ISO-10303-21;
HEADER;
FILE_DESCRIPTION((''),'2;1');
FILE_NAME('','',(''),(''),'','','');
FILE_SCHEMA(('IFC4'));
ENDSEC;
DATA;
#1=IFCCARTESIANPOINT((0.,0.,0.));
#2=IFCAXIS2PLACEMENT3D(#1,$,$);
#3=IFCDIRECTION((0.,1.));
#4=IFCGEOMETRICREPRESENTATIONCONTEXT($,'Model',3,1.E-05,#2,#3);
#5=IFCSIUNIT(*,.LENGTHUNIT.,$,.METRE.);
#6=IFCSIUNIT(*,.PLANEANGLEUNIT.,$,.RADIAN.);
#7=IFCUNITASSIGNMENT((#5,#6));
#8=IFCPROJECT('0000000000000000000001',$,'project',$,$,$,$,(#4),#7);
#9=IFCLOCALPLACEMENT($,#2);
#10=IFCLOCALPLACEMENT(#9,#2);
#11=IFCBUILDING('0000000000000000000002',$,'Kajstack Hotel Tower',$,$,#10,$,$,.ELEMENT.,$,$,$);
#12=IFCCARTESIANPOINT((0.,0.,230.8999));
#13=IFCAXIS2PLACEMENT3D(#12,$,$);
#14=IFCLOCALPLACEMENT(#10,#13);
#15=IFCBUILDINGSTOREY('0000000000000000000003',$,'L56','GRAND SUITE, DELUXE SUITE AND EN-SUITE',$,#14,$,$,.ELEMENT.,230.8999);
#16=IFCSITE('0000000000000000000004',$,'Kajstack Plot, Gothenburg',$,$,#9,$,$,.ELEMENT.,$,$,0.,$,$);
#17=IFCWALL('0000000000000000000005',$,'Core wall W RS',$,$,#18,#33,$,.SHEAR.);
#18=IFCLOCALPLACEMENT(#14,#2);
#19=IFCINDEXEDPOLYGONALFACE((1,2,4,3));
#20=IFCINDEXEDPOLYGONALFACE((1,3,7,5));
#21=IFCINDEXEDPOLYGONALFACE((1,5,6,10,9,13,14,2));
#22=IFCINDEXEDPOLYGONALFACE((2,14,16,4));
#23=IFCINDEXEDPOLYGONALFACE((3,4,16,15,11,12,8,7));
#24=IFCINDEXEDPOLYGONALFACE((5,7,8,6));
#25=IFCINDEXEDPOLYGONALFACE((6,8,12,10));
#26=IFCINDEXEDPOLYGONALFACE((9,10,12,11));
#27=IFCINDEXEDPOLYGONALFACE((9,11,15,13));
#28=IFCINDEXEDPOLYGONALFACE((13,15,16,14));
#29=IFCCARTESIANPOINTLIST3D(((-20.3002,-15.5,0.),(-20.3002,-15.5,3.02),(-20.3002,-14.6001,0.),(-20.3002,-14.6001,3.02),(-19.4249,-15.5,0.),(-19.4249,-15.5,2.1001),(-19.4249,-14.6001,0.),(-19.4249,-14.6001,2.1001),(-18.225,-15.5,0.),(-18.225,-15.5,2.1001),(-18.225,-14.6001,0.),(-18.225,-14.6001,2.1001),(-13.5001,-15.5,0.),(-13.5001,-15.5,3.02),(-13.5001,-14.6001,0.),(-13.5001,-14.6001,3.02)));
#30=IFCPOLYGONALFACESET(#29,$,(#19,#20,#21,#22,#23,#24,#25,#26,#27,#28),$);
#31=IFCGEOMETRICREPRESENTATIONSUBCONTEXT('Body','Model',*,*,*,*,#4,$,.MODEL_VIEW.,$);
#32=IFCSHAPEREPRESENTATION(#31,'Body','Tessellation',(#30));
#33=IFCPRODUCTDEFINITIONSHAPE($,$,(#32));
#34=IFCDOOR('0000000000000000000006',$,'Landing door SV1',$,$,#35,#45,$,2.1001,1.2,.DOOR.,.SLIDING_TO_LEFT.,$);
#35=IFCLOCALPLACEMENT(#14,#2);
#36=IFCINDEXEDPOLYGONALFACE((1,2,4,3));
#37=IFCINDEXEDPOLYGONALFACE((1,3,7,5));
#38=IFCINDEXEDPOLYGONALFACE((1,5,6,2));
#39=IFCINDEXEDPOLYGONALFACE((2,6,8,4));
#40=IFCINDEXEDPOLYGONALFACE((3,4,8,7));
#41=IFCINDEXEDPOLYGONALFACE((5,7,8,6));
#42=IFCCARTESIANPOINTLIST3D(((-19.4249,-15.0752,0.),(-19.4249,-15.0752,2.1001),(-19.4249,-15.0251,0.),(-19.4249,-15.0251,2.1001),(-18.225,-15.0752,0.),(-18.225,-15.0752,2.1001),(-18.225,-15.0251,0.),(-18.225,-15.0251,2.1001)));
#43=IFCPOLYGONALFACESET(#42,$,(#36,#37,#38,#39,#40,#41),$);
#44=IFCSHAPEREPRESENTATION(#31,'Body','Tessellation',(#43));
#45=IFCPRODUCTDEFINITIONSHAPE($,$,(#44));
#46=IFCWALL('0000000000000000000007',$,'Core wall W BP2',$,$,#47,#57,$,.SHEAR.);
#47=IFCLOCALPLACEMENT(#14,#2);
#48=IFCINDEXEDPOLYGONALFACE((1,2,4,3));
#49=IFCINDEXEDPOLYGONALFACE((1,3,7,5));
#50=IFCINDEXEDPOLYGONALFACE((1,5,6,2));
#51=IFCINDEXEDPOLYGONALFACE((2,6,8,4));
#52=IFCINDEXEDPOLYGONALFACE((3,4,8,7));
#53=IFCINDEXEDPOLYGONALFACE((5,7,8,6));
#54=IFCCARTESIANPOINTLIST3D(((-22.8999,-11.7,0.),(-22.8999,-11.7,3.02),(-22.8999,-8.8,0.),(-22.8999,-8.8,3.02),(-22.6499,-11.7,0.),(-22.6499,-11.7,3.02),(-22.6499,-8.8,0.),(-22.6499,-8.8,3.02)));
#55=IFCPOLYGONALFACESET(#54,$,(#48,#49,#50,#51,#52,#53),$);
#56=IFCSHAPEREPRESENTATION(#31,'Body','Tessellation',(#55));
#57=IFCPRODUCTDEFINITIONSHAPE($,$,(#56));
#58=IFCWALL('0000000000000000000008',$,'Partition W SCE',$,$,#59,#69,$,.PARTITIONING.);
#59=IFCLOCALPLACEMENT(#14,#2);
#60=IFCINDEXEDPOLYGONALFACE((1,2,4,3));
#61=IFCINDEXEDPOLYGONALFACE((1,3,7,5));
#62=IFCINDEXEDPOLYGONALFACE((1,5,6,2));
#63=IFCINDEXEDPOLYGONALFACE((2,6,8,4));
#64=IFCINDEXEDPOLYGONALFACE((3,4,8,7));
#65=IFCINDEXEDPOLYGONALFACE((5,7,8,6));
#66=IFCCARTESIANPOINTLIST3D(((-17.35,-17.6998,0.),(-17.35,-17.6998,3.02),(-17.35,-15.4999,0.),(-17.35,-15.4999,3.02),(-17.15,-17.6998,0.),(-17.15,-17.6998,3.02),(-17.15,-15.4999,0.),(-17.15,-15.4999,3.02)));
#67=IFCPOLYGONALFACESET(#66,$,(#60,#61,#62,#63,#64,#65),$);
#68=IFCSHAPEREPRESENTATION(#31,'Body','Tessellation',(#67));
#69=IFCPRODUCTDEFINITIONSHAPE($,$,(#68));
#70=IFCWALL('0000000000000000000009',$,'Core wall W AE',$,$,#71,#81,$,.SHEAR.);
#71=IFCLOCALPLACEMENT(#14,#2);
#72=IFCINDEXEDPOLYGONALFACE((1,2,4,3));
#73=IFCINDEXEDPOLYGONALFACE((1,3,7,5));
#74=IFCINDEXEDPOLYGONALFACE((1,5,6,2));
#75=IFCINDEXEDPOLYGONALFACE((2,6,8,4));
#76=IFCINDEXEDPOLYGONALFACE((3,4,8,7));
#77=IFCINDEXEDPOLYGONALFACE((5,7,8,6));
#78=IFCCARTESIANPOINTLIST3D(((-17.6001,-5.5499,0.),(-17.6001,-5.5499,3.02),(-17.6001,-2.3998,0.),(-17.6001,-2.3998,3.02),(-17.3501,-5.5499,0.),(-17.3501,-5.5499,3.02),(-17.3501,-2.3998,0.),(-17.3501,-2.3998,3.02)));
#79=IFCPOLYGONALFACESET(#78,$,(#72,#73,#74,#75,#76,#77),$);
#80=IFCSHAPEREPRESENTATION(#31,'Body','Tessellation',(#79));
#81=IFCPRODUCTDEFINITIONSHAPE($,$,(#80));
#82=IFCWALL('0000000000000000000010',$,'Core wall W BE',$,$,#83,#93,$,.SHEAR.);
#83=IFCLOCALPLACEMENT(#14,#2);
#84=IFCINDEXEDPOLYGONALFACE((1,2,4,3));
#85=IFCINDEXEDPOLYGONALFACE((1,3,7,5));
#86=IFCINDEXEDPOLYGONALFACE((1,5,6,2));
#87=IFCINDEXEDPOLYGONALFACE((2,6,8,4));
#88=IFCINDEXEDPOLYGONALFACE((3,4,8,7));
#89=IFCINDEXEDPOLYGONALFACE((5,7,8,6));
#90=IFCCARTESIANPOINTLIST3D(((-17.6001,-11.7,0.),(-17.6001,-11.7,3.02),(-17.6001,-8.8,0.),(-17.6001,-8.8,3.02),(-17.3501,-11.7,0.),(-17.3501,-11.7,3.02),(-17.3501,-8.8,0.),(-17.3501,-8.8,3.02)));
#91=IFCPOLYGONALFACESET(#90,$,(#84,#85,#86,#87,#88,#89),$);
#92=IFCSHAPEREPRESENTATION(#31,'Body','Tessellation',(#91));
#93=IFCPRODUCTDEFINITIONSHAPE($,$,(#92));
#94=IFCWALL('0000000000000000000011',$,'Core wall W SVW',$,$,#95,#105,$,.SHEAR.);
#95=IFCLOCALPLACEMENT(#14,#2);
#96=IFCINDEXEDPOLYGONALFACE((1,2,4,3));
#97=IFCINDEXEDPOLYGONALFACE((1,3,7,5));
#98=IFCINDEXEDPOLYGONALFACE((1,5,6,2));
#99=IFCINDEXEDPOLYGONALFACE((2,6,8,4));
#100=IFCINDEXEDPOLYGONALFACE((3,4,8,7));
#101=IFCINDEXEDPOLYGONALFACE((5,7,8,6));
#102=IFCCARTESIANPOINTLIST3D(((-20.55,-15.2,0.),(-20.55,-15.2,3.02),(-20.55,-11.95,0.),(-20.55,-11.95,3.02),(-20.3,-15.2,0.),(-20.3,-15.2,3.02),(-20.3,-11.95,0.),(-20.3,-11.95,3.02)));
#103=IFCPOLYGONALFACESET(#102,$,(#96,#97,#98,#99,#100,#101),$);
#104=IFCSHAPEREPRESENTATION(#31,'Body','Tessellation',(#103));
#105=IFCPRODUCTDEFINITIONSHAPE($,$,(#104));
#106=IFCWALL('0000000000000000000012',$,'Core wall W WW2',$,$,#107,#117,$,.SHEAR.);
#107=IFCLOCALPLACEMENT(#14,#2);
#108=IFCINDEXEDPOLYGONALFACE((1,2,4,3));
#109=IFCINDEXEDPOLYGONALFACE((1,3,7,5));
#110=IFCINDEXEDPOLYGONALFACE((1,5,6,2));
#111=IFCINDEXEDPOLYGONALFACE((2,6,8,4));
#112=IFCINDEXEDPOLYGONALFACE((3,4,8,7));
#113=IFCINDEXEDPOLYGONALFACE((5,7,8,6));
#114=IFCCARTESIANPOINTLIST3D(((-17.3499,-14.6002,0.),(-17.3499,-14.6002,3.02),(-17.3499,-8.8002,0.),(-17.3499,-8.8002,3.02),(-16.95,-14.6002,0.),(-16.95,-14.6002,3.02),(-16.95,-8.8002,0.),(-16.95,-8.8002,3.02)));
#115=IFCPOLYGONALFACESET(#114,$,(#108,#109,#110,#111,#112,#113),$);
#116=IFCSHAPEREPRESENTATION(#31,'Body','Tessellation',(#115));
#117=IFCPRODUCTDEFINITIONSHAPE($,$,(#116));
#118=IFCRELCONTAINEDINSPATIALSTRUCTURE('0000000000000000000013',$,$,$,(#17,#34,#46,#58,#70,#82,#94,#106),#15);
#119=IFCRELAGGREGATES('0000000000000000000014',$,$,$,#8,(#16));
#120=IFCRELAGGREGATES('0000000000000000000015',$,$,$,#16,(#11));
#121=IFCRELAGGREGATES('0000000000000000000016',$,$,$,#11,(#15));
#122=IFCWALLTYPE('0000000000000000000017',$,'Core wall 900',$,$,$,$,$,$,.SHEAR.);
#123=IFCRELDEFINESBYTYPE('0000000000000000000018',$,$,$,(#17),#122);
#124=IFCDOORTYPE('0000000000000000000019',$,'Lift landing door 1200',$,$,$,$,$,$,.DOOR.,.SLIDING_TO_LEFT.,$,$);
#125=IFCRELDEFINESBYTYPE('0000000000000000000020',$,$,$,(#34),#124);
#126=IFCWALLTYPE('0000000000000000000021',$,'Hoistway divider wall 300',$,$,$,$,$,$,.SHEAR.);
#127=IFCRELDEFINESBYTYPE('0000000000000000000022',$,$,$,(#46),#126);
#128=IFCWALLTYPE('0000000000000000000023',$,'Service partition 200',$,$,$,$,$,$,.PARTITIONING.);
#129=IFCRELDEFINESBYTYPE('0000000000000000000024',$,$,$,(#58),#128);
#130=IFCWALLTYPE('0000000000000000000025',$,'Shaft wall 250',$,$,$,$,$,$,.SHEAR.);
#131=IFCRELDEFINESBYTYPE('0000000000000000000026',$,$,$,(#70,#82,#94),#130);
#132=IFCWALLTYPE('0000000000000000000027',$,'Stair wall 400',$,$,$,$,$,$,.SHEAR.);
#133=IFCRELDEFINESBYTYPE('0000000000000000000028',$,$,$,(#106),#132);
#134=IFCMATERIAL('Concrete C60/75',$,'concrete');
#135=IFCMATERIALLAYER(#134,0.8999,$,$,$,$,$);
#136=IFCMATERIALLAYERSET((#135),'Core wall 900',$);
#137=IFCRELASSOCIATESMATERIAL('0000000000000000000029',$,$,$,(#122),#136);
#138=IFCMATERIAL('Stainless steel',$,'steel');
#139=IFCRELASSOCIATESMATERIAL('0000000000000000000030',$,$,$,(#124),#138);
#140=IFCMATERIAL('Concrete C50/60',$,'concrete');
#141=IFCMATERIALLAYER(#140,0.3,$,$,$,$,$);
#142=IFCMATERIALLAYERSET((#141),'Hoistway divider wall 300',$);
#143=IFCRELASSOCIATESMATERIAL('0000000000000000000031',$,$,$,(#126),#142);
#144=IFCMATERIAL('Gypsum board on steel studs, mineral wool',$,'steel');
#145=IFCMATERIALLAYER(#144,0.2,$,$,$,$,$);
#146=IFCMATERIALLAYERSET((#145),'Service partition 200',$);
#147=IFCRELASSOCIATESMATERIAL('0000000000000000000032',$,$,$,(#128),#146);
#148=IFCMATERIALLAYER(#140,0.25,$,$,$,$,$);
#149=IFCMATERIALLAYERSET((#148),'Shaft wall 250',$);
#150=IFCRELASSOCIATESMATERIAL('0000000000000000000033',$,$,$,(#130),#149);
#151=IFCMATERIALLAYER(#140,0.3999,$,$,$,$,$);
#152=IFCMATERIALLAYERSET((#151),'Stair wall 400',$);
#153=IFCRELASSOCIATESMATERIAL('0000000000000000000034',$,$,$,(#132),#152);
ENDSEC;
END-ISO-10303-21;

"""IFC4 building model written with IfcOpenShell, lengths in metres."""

from ifc_helpers import new_model, si_unit, direction, frame, frame_2d, origin, place, context, subcontext, project, spatial, rectangle, extrude, material, layer, layer_set, type_object, element, fill, save


model = new_model("IFC4")

# Units and contexts
model_context = context("Model", 3, precision=1e-05, world=origin(), true_north=direction((0.0, 1.0)))
body_context = subcontext(model_context, "Body", "Model", "MODEL_VIEW")
ifc_project = project(units=[si_unit("LENGTHUNIT", "METRE"), si_unit("PLANEANGLEUNIT", "RADIAN")], contexts=[model_context])

# Site, building, storey
site_placement = place(None, origin())
site = spatial("IfcSite", under=ifc_project, at=site_placement, Name="Kajstack Plot, Gothenburg", CompositionType="ELEMENT", RefElevation=0.0)
building_placement = place(site_placement, origin())
building = spatial("IfcBuilding", under=site, at=building_placement, Name="Kajstack Hotel Tower", CompositionType="ELEMENT")
storey_placement = place(building_placement, frame((0.0, 0.0, 230.8999)))
storey = spatial("IfcBuildingStorey", under=building, at=storey_placement, Name="L56", Description="GRAND SUITE, DELUXE SUITE AND EN-SUITE", CompositionType="ELEMENT", Elevation=230.8999)

# Wall, opening, door
ifc_material_1 = material(Name="Concrete C60/75", Category="concrete")
ifc_layer_1 = layer(ifc_material_1, 0.8999)
ifc_layer_set_1 = layer_set([ifc_layer_1], Name="Core wall 900")
wall_type_1 = type_object("IfcWallType", Name="Core wall 900", PredefinedType="SHEAR", material=ifc_layer_set_1)
wall_1_placement = place(storey_placement, frame((-20.3, -15.05, 0.0), z_axis=(0.0, 0.0, 1.0), x_axis=(1.0, 0.0, 0.0)))
wall_1 = element("IfcWall", 1, at=wall_1_placement, inside=storey, type_object=wall_type_1, Name="Core wall W RS", PredefinedType="SHEAR", context=body_context, shape_type="SweptSolid", body=[
    extrude(rectangle(XDim=6.8, YDim=0.8999, at=frame_2d((3.3999, 0.0))), origin(), (0.0, 0.0, 1.0), 3.02),
])
opening_placement = place(wall_1_placement, frame((0.875, 0.0, 0.0)))
opening = element("IfcOpeningElement", 2, at=opening_placement, cuts=wall_1, PredefinedType="OPENING", context=body_context, shape_type="SweptSolid", body=[
    extrude(rectangle(XDim=1.2, YDim=2.1001, at=frame_2d((0.6001, 1.05))), frame((0.0, 0.46, 0.0), z_axis=(0.0, -1.0, 0.0), x_axis=(1.0, 0.0, 0.0)), (0.0, 0.0, 1.0), 0.9199),
])
ifc_material_2 = material(Name="Stainless steel", Category="steel")
door_type = type_object("IfcDoorType", Name="Lift landing door 1200", OperationType="SLIDING_TO_LEFT", PredefinedType="DOOR", material=ifc_material_2)
door_placement = place(opening_placement, origin())
door = element("IfcDoor", 3, at=door_placement, inside=storey, type_object=door_type, Name="Landing door SV1", OperationType="SLIDING_TO_LEFT", OverallHeight=2.1001, OverallWidth=1.2, PredefinedType="DOOR", context=body_context, shape_type="SweptSolid", body=[
    extrude(rectangle(XDim=1.2, YDim=2.1001, at=frame_2d((0.6001, 1.05))), frame((0.0, 0.0249, 0.0), z_axis=(0.0, -1.0, 0.0), x_axis=(1.0, 0.0, 0.0)), (0.0, 0.0, 1.0), 0.05),
])
fill(opening, door)

# Walls
ifc_material_3 = material(Name="Concrete C50/60", Category="concrete")
ifc_layer_2 = layer(ifc_material_3, 0.3)
ifc_layer_set_2 = layer_set([ifc_layer_2], Name="Hoistway divider wall 300")
wall_type_2 = type_object("IfcWallType", Name="Hoistway divider wall 300", PredefinedType="SHEAR", material=ifc_layer_set_2)
wall_2_placement = place(storey_placement, frame((-22.7749, -11.7, 0.0), z_axis=(0.0, 0.0, 1.0), x_axis=(0.0, 1.0, 0.0)))
element("IfcWall", 4, at=wall_2_placement, inside=storey, type_object=wall_type_2, Name="Core wall W BP2", PredefinedType="SHEAR", context=body_context, shape_type="SweptSolid", body=[
    extrude(rectangle(XDim=2.8999, YDim=0.25, at=frame_2d((1.45, 0.0))), origin(), (0.0, 0.0, 1.0), 3.02),
])
ifc_material_4 = material(Name="Gypsum board on steel studs, mineral wool", Category="steel")
ifc_layer_3 = layer(ifc_material_4, 0.2)
ifc_layer_set_3 = layer_set([ifc_layer_3], Name="Service partition 200")
wall_type_3 = type_object("IfcWallType", Name="Service partition 200", PredefinedType="PARTITIONING", material=ifc_layer_set_3)
wall_3_placement = place(storey_placement, frame((-17.25, -17.7, 0.0), z_axis=(0.0, 0.0, 1.0), x_axis=(0.0, 1.0, 0.0)))
element("IfcWall", 5, at=wall_3_placement, inside=storey, type_object=wall_type_3, Name="Partition W SCE", PredefinedType="PARTITIONING", context=body_context, shape_type="SweptSolid", body=[
    extrude(rectangle(XDim=2.2, YDim=0.2, at=frame_2d((1.1001, 0.0))), origin(), (0.0, 0.0, 1.0), 3.02),
])
ifc_layer_4 = layer(ifc_material_3, 0.25)
ifc_layer_set_4 = layer_set([ifc_layer_4], Name="Shaft wall 250")
wall_type_4 = type_object("IfcWallType", Name="Shaft wall 250", PredefinedType="SHEAR", material=ifc_layer_set_4)
wall_4_placement = place(storey_placement, frame((-17.4751, -5.55, 0.0), z_axis=(0.0, 0.0, 1.0), x_axis=(0.0, 1.0, 0.0)))
element("IfcWall", 6, at=wall_4_placement, inside=storey, type_object=wall_type_4, Name="Core wall W AE", PredefinedType="SHEAR", context=body_context, shape_type="SweptSolid", body=[
    extrude(rectangle(XDim=3.1501, YDim=0.25, at=frame_2d((1.5752, 0.0))), origin(), (0.0, 0.0, 1.0), 3.02),
])
wall_5_placement = place(storey_placement, frame((-17.4751, -11.7, 0.0), z_axis=(0.0, 0.0, 1.0), x_axis=(0.0, 1.0, 0.0)))
element("IfcWall", 7, at=wall_5_placement, inside=storey, type_object=wall_type_4, Name="Core wall W BE", PredefinedType="SHEAR", context=body_context, shape_type="SweptSolid", body=[
    extrude(rectangle(XDim=2.8999, YDim=0.25, at=frame_2d((1.45, 0.0))), origin(), (0.0, 0.0, 1.0), 3.02),
])
wall_6_placement = place(storey_placement, frame((-20.425, -15.2, 0.0), z_axis=(0.0, 0.0, 1.0), x_axis=(0.0, 1.0, 0.0)))
element("IfcWall", 8, at=wall_6_placement, inside=storey, type_object=wall_type_4, Name="Core wall W SVW", PredefinedType="SHEAR", context=body_context, shape_type="SweptSolid", body=[
    extrude(rectangle(XDim=3.25, YDim=0.25, at=frame_2d((1.625, 0.0))), origin(), (0.0, 0.0, 1.0), 3.02),
])
ifc_layer_5 = layer(ifc_material_3, 0.3999)
ifc_layer_set_5 = layer_set([ifc_layer_5], Name="Stair wall 400")
wall_type_5 = type_object("IfcWallType", Name="Stair wall 400", PredefinedType="SHEAR", material=ifc_layer_set_5)
wall_7_placement = place(storey_placement, frame((-17.1499, -14.6001, 0.0), z_axis=(0.0, 0.0, 1.0), x_axis=(0.0, 1.0, 0.0)))
element("IfcWall", 9, at=wall_7_placement, inside=storey, type_object=wall_type_5, Name="Core wall W WW2", PredefinedType="SHEAR", context=body_context, shape_type="SweptSolid", body=[
    extrude(rectangle(XDim=5.8, YDim=0.3999, at=frame_2d((2.8999, 0.0))), origin(), (0.0, 0.0, 1.0), 3.02),
])

save(model, "model.ifc")
